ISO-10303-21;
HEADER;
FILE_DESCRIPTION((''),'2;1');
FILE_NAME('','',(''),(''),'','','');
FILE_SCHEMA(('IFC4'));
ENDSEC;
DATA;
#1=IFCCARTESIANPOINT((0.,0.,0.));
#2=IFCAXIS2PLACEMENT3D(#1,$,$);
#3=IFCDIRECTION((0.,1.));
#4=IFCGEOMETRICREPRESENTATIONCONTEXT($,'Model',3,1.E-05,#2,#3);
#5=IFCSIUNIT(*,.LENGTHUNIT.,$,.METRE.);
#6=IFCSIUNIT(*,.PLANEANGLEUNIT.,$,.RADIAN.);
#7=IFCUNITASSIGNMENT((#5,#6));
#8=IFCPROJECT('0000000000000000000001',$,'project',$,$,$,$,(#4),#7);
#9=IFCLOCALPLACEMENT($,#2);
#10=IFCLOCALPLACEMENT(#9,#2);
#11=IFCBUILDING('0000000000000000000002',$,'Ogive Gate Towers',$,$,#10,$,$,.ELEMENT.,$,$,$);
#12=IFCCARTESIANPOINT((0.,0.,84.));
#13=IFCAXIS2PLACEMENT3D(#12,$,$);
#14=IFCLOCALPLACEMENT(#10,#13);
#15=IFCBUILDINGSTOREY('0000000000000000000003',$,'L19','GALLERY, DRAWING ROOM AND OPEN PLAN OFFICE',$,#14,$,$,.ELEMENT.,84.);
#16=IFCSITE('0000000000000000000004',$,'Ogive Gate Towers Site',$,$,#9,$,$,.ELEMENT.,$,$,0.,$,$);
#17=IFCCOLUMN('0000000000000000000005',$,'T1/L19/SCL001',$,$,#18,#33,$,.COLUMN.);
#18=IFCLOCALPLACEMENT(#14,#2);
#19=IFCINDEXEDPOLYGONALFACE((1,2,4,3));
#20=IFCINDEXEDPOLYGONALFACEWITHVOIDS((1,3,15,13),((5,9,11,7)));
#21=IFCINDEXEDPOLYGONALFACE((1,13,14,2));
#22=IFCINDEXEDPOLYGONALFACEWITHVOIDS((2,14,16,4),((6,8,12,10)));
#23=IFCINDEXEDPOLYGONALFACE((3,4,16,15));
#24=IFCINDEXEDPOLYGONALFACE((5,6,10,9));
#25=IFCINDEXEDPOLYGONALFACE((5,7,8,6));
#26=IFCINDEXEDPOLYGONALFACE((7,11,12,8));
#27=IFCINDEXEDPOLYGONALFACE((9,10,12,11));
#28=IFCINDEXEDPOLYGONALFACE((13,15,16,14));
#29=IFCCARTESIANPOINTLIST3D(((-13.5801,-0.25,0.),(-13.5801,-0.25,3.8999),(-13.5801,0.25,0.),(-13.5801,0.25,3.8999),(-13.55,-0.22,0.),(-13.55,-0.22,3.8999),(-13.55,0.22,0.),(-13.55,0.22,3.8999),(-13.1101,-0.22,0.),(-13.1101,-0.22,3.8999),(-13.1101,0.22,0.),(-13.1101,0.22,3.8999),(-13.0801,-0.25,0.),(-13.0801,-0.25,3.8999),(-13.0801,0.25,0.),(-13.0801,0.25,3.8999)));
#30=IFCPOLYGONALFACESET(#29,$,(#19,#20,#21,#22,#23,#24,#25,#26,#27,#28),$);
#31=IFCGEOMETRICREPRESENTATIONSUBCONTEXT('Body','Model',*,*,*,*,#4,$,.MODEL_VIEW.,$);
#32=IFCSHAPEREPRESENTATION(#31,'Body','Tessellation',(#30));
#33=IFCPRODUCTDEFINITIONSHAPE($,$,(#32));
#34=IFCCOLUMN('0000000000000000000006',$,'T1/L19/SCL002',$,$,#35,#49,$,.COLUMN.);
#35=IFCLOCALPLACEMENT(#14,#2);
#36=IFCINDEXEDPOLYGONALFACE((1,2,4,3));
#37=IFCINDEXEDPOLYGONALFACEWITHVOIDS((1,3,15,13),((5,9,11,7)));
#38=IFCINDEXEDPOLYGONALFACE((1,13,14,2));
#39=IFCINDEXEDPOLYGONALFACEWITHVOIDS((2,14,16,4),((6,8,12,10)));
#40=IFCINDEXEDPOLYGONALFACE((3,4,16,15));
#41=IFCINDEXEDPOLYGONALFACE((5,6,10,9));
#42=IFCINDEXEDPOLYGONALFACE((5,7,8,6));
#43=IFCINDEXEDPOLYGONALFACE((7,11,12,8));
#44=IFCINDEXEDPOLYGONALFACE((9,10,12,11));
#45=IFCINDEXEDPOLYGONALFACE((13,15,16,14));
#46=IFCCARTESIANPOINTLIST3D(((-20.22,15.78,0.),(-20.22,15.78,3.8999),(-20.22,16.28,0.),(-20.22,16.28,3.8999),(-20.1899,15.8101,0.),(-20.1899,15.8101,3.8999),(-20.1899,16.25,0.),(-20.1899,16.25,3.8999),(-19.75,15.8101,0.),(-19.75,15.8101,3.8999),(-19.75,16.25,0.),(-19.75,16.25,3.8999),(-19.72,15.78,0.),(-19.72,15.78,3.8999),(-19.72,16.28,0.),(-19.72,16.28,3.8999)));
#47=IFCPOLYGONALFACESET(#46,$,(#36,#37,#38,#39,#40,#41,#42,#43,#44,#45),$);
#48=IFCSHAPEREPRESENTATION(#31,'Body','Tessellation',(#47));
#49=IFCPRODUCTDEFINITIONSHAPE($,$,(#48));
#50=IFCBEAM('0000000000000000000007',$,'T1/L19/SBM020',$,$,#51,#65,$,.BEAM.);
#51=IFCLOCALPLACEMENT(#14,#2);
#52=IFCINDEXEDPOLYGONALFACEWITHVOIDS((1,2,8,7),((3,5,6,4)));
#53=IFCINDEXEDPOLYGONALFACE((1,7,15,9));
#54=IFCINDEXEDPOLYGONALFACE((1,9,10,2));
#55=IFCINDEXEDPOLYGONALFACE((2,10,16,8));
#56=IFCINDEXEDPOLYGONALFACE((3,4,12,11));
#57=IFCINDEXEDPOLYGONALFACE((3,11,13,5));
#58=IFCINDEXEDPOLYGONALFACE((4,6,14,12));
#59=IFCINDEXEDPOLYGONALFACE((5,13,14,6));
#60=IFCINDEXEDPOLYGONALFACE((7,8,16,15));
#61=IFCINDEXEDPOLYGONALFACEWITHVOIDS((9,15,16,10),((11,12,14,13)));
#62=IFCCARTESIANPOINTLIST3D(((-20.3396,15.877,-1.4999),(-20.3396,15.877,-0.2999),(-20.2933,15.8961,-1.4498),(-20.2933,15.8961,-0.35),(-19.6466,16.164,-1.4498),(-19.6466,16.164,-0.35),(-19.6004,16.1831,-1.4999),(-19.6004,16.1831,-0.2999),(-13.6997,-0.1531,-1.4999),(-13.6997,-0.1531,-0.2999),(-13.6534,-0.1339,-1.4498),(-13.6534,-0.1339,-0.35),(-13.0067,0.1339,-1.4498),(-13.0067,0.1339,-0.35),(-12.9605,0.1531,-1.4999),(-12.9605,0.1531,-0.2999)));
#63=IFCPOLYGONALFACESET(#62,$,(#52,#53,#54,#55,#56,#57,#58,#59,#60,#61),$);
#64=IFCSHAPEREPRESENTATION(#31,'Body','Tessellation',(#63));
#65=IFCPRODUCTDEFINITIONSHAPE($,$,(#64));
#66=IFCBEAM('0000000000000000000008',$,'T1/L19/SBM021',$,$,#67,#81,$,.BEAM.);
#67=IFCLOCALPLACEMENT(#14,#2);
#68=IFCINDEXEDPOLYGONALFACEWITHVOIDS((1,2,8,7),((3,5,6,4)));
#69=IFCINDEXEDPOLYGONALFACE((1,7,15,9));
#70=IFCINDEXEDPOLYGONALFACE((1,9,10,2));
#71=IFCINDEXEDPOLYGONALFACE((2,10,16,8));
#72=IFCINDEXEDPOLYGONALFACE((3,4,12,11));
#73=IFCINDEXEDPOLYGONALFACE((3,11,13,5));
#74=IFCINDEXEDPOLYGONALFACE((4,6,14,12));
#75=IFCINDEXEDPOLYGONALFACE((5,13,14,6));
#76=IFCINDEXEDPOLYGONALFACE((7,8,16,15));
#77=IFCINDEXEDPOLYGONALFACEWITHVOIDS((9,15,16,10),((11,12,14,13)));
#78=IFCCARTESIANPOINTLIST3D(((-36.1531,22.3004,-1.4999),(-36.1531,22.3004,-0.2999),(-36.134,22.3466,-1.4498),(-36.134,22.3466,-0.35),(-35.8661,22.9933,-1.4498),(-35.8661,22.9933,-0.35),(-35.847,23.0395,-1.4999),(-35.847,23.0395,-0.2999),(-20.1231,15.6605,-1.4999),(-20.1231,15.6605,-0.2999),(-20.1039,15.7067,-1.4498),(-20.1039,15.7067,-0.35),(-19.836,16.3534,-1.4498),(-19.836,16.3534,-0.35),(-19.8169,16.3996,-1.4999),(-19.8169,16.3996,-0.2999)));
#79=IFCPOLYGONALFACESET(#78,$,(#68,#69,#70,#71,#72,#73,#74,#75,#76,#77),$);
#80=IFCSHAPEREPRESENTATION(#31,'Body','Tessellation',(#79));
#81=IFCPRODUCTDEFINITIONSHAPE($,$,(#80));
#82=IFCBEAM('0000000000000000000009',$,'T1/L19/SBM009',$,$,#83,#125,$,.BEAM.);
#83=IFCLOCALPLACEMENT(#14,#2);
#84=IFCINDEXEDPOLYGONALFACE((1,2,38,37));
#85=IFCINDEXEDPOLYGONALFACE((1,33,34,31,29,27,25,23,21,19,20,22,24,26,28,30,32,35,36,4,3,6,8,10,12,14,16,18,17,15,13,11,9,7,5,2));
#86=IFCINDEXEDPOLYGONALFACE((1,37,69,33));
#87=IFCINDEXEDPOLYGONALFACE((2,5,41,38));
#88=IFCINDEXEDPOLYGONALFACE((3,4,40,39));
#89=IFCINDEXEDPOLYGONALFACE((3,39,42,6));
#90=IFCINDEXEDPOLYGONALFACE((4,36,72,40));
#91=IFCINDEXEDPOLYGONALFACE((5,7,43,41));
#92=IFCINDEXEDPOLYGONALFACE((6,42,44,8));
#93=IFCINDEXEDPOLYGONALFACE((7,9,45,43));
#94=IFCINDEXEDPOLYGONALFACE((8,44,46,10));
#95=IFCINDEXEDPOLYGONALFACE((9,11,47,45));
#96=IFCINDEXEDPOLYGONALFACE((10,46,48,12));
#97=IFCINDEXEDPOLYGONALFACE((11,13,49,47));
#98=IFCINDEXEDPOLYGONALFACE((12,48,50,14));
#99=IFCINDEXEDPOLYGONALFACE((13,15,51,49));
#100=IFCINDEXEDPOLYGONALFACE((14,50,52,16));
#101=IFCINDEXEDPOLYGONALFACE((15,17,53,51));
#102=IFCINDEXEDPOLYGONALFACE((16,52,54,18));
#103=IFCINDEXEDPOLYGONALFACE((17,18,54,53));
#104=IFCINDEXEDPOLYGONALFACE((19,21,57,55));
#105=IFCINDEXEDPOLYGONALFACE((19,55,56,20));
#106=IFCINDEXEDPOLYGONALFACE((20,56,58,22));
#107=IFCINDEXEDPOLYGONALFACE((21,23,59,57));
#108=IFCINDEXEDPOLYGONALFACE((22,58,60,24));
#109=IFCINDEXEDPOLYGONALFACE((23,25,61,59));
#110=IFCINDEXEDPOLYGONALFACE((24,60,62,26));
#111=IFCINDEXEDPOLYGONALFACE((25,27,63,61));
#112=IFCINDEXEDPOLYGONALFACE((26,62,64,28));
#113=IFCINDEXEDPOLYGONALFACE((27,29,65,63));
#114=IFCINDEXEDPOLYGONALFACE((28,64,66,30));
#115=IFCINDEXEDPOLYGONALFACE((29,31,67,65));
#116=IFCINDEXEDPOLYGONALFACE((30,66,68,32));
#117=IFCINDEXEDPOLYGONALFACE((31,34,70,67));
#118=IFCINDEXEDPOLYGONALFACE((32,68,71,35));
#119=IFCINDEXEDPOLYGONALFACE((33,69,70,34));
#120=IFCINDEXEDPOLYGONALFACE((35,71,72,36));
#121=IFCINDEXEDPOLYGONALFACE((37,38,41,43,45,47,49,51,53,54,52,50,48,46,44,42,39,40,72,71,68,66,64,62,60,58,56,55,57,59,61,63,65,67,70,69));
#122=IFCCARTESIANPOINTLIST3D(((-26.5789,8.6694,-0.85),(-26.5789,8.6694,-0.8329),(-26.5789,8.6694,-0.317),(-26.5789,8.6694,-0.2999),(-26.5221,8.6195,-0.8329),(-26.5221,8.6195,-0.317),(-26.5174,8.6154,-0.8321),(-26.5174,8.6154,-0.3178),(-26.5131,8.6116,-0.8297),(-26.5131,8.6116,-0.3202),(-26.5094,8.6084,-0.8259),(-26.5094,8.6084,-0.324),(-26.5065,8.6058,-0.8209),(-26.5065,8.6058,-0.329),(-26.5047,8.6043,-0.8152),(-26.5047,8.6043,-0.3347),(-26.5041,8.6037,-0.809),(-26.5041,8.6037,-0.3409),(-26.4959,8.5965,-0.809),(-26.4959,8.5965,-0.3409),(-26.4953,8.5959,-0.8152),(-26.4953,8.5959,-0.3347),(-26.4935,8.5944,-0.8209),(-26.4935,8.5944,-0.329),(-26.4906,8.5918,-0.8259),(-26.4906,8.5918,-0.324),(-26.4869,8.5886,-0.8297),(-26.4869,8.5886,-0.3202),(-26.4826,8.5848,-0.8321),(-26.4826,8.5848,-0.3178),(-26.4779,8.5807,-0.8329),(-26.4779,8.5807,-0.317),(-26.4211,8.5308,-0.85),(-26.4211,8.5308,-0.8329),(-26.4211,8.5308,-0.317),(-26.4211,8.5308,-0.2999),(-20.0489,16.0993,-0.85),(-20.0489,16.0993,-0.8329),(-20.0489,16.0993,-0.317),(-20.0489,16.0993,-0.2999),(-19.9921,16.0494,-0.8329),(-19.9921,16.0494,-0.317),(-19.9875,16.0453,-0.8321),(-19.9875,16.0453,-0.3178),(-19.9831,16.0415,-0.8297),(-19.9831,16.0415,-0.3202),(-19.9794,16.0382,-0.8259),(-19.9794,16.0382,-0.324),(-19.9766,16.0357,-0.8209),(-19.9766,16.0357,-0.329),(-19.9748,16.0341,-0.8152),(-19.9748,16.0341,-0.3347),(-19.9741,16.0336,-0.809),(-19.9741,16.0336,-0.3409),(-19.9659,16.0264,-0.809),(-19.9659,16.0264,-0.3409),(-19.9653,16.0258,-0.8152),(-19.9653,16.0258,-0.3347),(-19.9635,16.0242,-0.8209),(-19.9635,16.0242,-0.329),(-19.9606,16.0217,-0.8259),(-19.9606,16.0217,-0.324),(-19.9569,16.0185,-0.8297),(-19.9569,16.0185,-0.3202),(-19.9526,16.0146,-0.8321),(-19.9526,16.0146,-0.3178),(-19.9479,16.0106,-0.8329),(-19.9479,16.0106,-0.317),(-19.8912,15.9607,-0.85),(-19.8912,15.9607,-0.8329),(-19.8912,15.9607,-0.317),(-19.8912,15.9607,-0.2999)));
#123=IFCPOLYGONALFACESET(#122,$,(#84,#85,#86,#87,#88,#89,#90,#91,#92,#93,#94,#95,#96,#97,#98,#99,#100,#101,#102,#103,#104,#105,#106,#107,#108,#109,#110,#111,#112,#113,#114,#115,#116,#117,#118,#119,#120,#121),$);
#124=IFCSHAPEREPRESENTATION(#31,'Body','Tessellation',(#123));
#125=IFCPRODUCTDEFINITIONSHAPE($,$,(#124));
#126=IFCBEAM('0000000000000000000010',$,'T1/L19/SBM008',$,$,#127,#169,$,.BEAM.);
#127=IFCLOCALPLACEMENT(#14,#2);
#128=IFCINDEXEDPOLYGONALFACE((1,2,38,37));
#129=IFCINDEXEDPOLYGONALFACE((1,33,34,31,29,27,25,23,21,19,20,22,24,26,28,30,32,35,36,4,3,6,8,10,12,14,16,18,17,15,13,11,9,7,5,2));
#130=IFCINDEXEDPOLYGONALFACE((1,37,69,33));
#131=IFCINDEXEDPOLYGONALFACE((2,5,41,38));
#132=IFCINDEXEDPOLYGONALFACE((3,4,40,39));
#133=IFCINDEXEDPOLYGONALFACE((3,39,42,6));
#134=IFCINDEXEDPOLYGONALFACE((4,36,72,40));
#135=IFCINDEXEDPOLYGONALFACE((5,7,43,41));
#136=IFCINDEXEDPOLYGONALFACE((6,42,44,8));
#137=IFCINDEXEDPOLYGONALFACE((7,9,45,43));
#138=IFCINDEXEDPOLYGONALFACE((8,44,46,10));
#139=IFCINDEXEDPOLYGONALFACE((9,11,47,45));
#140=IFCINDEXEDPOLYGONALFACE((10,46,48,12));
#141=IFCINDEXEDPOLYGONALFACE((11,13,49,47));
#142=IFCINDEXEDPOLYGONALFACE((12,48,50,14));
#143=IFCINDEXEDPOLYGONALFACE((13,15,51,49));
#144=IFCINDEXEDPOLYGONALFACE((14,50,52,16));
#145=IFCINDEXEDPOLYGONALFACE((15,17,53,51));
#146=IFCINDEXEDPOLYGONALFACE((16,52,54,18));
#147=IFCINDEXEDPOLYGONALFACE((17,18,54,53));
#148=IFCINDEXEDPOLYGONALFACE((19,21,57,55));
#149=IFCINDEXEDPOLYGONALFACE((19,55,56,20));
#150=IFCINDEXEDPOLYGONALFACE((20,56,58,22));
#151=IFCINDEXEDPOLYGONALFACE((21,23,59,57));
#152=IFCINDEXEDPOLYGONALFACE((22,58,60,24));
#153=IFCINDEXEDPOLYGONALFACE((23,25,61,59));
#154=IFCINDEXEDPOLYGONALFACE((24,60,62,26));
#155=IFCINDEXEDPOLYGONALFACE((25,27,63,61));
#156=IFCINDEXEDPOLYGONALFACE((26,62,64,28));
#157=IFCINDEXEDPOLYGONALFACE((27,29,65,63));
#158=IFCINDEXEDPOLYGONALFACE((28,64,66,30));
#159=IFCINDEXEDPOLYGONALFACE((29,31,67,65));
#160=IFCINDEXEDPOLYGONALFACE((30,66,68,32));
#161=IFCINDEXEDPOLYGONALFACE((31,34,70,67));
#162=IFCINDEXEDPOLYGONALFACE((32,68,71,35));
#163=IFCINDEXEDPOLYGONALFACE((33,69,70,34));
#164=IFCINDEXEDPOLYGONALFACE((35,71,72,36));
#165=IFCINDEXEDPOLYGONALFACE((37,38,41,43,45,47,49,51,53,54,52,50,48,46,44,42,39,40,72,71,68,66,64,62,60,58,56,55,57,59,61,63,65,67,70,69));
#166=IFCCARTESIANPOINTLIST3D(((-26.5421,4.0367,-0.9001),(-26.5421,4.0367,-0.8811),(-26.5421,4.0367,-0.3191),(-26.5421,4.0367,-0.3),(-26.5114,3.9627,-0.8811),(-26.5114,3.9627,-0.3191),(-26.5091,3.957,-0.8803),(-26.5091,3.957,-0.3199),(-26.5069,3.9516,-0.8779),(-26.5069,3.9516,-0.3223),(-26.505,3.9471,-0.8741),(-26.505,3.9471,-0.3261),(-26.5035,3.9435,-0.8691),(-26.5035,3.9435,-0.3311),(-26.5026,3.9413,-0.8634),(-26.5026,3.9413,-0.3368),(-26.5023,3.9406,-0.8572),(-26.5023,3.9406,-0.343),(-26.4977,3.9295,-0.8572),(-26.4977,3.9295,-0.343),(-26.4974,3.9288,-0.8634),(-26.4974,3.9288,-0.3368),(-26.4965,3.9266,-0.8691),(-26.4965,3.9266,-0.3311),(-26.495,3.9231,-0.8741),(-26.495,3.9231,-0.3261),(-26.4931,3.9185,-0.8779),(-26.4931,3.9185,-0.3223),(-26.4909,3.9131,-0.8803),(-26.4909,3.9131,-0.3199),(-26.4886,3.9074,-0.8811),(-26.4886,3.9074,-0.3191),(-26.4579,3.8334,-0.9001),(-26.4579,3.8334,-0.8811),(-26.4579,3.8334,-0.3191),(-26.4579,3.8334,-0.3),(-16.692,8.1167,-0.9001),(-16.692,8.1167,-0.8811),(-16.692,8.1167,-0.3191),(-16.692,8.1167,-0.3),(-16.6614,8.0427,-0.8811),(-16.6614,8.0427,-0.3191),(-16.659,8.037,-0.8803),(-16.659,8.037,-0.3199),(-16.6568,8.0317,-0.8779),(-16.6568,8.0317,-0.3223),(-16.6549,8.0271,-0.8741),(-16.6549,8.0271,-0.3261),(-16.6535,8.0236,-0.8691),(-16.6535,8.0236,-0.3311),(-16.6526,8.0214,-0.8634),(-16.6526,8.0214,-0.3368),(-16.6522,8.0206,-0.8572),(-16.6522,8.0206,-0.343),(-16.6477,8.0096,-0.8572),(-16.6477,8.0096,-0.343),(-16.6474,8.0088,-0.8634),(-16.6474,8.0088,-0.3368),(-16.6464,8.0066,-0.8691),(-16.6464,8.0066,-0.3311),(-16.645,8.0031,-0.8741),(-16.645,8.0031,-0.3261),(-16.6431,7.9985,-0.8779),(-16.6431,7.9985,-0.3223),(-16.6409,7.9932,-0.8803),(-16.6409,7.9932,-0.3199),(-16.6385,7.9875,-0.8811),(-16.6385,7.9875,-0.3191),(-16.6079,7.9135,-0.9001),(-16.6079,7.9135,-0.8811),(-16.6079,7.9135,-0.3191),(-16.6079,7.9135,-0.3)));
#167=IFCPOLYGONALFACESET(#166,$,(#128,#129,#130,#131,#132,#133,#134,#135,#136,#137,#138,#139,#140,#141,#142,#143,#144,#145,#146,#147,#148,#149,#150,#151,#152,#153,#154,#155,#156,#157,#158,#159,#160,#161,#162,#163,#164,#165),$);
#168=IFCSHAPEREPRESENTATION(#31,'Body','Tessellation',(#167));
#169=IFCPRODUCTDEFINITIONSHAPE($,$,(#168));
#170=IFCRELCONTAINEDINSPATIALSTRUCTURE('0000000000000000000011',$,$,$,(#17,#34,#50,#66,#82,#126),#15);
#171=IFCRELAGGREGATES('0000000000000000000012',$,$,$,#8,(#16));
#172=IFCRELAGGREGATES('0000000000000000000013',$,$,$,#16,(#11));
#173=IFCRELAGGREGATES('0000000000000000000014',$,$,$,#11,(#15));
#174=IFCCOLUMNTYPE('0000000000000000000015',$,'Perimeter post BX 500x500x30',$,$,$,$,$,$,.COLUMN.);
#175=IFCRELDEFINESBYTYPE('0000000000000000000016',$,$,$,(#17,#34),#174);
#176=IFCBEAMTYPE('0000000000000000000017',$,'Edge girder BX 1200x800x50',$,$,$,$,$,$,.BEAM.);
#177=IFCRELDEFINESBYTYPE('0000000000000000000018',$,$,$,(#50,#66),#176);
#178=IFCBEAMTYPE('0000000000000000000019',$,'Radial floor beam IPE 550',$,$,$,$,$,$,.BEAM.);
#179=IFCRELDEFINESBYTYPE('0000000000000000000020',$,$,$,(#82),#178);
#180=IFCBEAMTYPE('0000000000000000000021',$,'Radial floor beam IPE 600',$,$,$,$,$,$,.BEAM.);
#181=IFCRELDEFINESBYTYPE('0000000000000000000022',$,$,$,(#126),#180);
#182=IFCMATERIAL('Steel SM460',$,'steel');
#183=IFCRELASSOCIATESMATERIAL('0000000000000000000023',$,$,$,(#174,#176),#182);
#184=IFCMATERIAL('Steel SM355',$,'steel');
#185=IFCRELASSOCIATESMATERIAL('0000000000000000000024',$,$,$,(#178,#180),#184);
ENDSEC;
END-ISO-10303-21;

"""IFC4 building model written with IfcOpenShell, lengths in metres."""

from ifc_helpers import new_model, si_unit, direction, frame, origin, origin_2d, place, context, subcontext, project, spatial, hollow_rectangle, i_section, extrude, material, material_profile, profile_set, type_object, element, save


model = new_model("IFC4")

# Units and contexts
model_context = context("Model", 3, precision=1e-05, world=origin(), true_north=direction((0.0, 1.0)))
body_context = subcontext(model_context, "Body", "Model", "MODEL_VIEW")
ifc_project = project(units=[si_unit("LENGTHUNIT", "METRE"), si_unit("PLANEANGLEUNIT", "RADIAN")], contexts=[model_context])

# Site, building, storey
site_placement = place(None, origin())
site = spatial("IfcSite", under=ifc_project, at=site_placement, Name="Ogive Gate Towers Site", CompositionType="ELEMENT", RefElevation=0.0)
building_placement = place(site_placement, origin())
building = spatial("IfcBuilding", under=site, at=building_placement, Name="Ogive Gate Towers", CompositionType="ELEMENT")
storey_placement = place(building_placement, frame((0.0, 0.0, 84.0)))
storey = spatial("IfcBuildingStorey", under=building, at=storey_placement, Name="L19", Description="GALLERY, DRAWING ROOM AND OPEN PLAN OFFICE", CompositionType="ELEMENT", Elevation=84.0)

# Columns
ifc_material_1 = material(Name="Steel SM460", Category="steel")
ifc_material_profile_1 = material_profile(ifc_material_1, hollow_rectangle(XDim=0.5, YDim=0.5, WallThickness=0.03, at=origin_2d()), Name="BX 500x500x30")
ifc_profile_set_1 = profile_set([ifc_material_profile_1], Name="Steel SM460")
column_type = type_object("IfcColumnType", Name="Perimeter post BX 500x500x30", PredefinedType="COLUMN", material=ifc_profile_set_1)
for number, where, z_axis, x_axis, name in (
    (1, (-13.3301, 0.0, 0.0), (0.0, 0.0, 1.0), (1.0, 0.0, 0.0), "T1/L19/SCL001"),
    (2, (-19.97, 16.03, 0.0), (0.0, 0.0, 1.0), (1.0, 0.0, 0.0), "T1/L19/SCL002"),
):
    element("IfcColumn", number, at=place(storey_placement, frame(where, z_axis=z_axis, x_axis=x_axis)), inside=storey, type_object=column_type, Name=name, PredefinedType="COLUMN", context=body_context, shape_type="SweptSolid", body=[
        extrude(hollow_rectangle(XDim=0.5, YDim=0.5, WallThickness=0.03, at=origin_2d()), origin(), (0.0, 0.0, 1.0), 3.8999),
    ])

# Beams
ifc_material_profile_2 = material_profile(ifc_material_1, hollow_rectangle(XDim=0.8, YDim=1.2, WallThickness=0.05, at=origin_2d()), Name="BX 1200x800x50")
ifc_profile_set_2 = profile_set([ifc_material_profile_2], Name="Steel SM460")
beam_type_1 = type_object("IfcBeamType", Name="Edge girder BX 1200x800x50", PredefinedType="BEAM", material=ifc_profile_set_2)
for number, where, z_axis, x_axis, name in (
    (3, (-13.3301, 0.0, -0.8999), (-0.382685, 0.923879, 0.0), (-0.923879, -0.382685, 0.0), "T1/L19/SBM020"),
    (4, (-19.97, 16.03, -0.8999), (-0.923879, 0.382685, 0.0), (-0.382685, -0.923879, 0.0), "T1/L19/SBM021"),
):
    element("IfcBeam", number, at=place(storey_placement, frame(where, z_axis=z_axis, x_axis=x_axis)), inside=storey, type_object=beam_type_1, Name=name, PredefinedType="BEAM", context=body_context, shape_type="SweptSolid", body=[
        extrude(hollow_rectangle(XDim=0.8, YDim=1.2, WallThickness=0.05, at=origin_2d()), origin(), (0.0, 0.0, 1.0), 17.3508),
    ])
ifc_material_2 = material(Name="Steel SM355", Category="steel")
ifc_material_profile_3 = material_profile(ifc_material_2, i_section(OverallWidth=0.21, OverallDepth=0.55, WebThickness=0.011, FlangeThickness=0.0171, FilletRadius=0.0239, at=origin_2d()), Name="IPE 550")
ifc_profile_set_3 = profile_set([ifc_material_profile_3], Name="Steel SM355")
beam_type_2 = type_object("IfcBeamType", Name="Radial floor beam IPE 550", PredefinedType="BEAM", material=ifc_profile_set_3)
beam_placement = place(storey_placement, frame((-26.5, 8.6001, -0.575), z_axis=(0.660154, 0.75113, 0.0), x_axis=(-0.75113, 0.660154, 0.0)))
element("IfcBeam", 5, at=beam_placement, inside=storey, type_object=beam_type_2, Name="T1/L19/SBM009", PredefinedType="BEAM", context=body_context, shape_type="SweptSolid", body=[
    extrude(i_section(OverallWidth=0.21, OverallDepth=0.55, WebThickness=0.011, FlangeThickness=0.0171, FilletRadius=0.0239, at=origin_2d()), origin(), (0.0, 0.0, 1.0), 9.8916),
])
ifc_material_profile_4 = material_profile(ifc_material_2, i_section(OverallWidth=0.22, OverallDepth=0.6001, WebThickness=0.012, FlangeThickness=0.019, FilletRadius=0.0239, at=origin_2d()), Name="IPE 600")
ifc_profile_set_4 = profile_set([ifc_material_profile_4], Name="Steel SM355")
beam_type_3 = type_object("IfcBeamType", Name="Radial floor beam IPE 600", PredefinedType="BEAM", material=ifc_profile_set_4)
for number, where, z_axis, x_axis, name in (
    (6, (-26.5, 3.9351, -0.6001), (0.923878, 0.382686, 0.0), (-0.382686, 0.923878, 0.0), "T1/L19/SBM008"),
):
    element("IfcBeam", number, at=place(storey_placement, frame(where, z_axis=z_axis, x_axis=x_axis)), inside=storey, type_object=beam_type_3, Name=name, PredefinedType="BEAM", context=body_context, shape_type="SweptSolid", body=[
        extrude(i_section(OverallWidth=0.22, OverallDepth=0.6001, WebThickness=0.012, FlangeThickness=0.019, FilletRadius=0.0239, at=origin_2d()), origin(), (0.0, 0.0, 1.0), 10.6616),
    ])

save(model, "model.ifc")
